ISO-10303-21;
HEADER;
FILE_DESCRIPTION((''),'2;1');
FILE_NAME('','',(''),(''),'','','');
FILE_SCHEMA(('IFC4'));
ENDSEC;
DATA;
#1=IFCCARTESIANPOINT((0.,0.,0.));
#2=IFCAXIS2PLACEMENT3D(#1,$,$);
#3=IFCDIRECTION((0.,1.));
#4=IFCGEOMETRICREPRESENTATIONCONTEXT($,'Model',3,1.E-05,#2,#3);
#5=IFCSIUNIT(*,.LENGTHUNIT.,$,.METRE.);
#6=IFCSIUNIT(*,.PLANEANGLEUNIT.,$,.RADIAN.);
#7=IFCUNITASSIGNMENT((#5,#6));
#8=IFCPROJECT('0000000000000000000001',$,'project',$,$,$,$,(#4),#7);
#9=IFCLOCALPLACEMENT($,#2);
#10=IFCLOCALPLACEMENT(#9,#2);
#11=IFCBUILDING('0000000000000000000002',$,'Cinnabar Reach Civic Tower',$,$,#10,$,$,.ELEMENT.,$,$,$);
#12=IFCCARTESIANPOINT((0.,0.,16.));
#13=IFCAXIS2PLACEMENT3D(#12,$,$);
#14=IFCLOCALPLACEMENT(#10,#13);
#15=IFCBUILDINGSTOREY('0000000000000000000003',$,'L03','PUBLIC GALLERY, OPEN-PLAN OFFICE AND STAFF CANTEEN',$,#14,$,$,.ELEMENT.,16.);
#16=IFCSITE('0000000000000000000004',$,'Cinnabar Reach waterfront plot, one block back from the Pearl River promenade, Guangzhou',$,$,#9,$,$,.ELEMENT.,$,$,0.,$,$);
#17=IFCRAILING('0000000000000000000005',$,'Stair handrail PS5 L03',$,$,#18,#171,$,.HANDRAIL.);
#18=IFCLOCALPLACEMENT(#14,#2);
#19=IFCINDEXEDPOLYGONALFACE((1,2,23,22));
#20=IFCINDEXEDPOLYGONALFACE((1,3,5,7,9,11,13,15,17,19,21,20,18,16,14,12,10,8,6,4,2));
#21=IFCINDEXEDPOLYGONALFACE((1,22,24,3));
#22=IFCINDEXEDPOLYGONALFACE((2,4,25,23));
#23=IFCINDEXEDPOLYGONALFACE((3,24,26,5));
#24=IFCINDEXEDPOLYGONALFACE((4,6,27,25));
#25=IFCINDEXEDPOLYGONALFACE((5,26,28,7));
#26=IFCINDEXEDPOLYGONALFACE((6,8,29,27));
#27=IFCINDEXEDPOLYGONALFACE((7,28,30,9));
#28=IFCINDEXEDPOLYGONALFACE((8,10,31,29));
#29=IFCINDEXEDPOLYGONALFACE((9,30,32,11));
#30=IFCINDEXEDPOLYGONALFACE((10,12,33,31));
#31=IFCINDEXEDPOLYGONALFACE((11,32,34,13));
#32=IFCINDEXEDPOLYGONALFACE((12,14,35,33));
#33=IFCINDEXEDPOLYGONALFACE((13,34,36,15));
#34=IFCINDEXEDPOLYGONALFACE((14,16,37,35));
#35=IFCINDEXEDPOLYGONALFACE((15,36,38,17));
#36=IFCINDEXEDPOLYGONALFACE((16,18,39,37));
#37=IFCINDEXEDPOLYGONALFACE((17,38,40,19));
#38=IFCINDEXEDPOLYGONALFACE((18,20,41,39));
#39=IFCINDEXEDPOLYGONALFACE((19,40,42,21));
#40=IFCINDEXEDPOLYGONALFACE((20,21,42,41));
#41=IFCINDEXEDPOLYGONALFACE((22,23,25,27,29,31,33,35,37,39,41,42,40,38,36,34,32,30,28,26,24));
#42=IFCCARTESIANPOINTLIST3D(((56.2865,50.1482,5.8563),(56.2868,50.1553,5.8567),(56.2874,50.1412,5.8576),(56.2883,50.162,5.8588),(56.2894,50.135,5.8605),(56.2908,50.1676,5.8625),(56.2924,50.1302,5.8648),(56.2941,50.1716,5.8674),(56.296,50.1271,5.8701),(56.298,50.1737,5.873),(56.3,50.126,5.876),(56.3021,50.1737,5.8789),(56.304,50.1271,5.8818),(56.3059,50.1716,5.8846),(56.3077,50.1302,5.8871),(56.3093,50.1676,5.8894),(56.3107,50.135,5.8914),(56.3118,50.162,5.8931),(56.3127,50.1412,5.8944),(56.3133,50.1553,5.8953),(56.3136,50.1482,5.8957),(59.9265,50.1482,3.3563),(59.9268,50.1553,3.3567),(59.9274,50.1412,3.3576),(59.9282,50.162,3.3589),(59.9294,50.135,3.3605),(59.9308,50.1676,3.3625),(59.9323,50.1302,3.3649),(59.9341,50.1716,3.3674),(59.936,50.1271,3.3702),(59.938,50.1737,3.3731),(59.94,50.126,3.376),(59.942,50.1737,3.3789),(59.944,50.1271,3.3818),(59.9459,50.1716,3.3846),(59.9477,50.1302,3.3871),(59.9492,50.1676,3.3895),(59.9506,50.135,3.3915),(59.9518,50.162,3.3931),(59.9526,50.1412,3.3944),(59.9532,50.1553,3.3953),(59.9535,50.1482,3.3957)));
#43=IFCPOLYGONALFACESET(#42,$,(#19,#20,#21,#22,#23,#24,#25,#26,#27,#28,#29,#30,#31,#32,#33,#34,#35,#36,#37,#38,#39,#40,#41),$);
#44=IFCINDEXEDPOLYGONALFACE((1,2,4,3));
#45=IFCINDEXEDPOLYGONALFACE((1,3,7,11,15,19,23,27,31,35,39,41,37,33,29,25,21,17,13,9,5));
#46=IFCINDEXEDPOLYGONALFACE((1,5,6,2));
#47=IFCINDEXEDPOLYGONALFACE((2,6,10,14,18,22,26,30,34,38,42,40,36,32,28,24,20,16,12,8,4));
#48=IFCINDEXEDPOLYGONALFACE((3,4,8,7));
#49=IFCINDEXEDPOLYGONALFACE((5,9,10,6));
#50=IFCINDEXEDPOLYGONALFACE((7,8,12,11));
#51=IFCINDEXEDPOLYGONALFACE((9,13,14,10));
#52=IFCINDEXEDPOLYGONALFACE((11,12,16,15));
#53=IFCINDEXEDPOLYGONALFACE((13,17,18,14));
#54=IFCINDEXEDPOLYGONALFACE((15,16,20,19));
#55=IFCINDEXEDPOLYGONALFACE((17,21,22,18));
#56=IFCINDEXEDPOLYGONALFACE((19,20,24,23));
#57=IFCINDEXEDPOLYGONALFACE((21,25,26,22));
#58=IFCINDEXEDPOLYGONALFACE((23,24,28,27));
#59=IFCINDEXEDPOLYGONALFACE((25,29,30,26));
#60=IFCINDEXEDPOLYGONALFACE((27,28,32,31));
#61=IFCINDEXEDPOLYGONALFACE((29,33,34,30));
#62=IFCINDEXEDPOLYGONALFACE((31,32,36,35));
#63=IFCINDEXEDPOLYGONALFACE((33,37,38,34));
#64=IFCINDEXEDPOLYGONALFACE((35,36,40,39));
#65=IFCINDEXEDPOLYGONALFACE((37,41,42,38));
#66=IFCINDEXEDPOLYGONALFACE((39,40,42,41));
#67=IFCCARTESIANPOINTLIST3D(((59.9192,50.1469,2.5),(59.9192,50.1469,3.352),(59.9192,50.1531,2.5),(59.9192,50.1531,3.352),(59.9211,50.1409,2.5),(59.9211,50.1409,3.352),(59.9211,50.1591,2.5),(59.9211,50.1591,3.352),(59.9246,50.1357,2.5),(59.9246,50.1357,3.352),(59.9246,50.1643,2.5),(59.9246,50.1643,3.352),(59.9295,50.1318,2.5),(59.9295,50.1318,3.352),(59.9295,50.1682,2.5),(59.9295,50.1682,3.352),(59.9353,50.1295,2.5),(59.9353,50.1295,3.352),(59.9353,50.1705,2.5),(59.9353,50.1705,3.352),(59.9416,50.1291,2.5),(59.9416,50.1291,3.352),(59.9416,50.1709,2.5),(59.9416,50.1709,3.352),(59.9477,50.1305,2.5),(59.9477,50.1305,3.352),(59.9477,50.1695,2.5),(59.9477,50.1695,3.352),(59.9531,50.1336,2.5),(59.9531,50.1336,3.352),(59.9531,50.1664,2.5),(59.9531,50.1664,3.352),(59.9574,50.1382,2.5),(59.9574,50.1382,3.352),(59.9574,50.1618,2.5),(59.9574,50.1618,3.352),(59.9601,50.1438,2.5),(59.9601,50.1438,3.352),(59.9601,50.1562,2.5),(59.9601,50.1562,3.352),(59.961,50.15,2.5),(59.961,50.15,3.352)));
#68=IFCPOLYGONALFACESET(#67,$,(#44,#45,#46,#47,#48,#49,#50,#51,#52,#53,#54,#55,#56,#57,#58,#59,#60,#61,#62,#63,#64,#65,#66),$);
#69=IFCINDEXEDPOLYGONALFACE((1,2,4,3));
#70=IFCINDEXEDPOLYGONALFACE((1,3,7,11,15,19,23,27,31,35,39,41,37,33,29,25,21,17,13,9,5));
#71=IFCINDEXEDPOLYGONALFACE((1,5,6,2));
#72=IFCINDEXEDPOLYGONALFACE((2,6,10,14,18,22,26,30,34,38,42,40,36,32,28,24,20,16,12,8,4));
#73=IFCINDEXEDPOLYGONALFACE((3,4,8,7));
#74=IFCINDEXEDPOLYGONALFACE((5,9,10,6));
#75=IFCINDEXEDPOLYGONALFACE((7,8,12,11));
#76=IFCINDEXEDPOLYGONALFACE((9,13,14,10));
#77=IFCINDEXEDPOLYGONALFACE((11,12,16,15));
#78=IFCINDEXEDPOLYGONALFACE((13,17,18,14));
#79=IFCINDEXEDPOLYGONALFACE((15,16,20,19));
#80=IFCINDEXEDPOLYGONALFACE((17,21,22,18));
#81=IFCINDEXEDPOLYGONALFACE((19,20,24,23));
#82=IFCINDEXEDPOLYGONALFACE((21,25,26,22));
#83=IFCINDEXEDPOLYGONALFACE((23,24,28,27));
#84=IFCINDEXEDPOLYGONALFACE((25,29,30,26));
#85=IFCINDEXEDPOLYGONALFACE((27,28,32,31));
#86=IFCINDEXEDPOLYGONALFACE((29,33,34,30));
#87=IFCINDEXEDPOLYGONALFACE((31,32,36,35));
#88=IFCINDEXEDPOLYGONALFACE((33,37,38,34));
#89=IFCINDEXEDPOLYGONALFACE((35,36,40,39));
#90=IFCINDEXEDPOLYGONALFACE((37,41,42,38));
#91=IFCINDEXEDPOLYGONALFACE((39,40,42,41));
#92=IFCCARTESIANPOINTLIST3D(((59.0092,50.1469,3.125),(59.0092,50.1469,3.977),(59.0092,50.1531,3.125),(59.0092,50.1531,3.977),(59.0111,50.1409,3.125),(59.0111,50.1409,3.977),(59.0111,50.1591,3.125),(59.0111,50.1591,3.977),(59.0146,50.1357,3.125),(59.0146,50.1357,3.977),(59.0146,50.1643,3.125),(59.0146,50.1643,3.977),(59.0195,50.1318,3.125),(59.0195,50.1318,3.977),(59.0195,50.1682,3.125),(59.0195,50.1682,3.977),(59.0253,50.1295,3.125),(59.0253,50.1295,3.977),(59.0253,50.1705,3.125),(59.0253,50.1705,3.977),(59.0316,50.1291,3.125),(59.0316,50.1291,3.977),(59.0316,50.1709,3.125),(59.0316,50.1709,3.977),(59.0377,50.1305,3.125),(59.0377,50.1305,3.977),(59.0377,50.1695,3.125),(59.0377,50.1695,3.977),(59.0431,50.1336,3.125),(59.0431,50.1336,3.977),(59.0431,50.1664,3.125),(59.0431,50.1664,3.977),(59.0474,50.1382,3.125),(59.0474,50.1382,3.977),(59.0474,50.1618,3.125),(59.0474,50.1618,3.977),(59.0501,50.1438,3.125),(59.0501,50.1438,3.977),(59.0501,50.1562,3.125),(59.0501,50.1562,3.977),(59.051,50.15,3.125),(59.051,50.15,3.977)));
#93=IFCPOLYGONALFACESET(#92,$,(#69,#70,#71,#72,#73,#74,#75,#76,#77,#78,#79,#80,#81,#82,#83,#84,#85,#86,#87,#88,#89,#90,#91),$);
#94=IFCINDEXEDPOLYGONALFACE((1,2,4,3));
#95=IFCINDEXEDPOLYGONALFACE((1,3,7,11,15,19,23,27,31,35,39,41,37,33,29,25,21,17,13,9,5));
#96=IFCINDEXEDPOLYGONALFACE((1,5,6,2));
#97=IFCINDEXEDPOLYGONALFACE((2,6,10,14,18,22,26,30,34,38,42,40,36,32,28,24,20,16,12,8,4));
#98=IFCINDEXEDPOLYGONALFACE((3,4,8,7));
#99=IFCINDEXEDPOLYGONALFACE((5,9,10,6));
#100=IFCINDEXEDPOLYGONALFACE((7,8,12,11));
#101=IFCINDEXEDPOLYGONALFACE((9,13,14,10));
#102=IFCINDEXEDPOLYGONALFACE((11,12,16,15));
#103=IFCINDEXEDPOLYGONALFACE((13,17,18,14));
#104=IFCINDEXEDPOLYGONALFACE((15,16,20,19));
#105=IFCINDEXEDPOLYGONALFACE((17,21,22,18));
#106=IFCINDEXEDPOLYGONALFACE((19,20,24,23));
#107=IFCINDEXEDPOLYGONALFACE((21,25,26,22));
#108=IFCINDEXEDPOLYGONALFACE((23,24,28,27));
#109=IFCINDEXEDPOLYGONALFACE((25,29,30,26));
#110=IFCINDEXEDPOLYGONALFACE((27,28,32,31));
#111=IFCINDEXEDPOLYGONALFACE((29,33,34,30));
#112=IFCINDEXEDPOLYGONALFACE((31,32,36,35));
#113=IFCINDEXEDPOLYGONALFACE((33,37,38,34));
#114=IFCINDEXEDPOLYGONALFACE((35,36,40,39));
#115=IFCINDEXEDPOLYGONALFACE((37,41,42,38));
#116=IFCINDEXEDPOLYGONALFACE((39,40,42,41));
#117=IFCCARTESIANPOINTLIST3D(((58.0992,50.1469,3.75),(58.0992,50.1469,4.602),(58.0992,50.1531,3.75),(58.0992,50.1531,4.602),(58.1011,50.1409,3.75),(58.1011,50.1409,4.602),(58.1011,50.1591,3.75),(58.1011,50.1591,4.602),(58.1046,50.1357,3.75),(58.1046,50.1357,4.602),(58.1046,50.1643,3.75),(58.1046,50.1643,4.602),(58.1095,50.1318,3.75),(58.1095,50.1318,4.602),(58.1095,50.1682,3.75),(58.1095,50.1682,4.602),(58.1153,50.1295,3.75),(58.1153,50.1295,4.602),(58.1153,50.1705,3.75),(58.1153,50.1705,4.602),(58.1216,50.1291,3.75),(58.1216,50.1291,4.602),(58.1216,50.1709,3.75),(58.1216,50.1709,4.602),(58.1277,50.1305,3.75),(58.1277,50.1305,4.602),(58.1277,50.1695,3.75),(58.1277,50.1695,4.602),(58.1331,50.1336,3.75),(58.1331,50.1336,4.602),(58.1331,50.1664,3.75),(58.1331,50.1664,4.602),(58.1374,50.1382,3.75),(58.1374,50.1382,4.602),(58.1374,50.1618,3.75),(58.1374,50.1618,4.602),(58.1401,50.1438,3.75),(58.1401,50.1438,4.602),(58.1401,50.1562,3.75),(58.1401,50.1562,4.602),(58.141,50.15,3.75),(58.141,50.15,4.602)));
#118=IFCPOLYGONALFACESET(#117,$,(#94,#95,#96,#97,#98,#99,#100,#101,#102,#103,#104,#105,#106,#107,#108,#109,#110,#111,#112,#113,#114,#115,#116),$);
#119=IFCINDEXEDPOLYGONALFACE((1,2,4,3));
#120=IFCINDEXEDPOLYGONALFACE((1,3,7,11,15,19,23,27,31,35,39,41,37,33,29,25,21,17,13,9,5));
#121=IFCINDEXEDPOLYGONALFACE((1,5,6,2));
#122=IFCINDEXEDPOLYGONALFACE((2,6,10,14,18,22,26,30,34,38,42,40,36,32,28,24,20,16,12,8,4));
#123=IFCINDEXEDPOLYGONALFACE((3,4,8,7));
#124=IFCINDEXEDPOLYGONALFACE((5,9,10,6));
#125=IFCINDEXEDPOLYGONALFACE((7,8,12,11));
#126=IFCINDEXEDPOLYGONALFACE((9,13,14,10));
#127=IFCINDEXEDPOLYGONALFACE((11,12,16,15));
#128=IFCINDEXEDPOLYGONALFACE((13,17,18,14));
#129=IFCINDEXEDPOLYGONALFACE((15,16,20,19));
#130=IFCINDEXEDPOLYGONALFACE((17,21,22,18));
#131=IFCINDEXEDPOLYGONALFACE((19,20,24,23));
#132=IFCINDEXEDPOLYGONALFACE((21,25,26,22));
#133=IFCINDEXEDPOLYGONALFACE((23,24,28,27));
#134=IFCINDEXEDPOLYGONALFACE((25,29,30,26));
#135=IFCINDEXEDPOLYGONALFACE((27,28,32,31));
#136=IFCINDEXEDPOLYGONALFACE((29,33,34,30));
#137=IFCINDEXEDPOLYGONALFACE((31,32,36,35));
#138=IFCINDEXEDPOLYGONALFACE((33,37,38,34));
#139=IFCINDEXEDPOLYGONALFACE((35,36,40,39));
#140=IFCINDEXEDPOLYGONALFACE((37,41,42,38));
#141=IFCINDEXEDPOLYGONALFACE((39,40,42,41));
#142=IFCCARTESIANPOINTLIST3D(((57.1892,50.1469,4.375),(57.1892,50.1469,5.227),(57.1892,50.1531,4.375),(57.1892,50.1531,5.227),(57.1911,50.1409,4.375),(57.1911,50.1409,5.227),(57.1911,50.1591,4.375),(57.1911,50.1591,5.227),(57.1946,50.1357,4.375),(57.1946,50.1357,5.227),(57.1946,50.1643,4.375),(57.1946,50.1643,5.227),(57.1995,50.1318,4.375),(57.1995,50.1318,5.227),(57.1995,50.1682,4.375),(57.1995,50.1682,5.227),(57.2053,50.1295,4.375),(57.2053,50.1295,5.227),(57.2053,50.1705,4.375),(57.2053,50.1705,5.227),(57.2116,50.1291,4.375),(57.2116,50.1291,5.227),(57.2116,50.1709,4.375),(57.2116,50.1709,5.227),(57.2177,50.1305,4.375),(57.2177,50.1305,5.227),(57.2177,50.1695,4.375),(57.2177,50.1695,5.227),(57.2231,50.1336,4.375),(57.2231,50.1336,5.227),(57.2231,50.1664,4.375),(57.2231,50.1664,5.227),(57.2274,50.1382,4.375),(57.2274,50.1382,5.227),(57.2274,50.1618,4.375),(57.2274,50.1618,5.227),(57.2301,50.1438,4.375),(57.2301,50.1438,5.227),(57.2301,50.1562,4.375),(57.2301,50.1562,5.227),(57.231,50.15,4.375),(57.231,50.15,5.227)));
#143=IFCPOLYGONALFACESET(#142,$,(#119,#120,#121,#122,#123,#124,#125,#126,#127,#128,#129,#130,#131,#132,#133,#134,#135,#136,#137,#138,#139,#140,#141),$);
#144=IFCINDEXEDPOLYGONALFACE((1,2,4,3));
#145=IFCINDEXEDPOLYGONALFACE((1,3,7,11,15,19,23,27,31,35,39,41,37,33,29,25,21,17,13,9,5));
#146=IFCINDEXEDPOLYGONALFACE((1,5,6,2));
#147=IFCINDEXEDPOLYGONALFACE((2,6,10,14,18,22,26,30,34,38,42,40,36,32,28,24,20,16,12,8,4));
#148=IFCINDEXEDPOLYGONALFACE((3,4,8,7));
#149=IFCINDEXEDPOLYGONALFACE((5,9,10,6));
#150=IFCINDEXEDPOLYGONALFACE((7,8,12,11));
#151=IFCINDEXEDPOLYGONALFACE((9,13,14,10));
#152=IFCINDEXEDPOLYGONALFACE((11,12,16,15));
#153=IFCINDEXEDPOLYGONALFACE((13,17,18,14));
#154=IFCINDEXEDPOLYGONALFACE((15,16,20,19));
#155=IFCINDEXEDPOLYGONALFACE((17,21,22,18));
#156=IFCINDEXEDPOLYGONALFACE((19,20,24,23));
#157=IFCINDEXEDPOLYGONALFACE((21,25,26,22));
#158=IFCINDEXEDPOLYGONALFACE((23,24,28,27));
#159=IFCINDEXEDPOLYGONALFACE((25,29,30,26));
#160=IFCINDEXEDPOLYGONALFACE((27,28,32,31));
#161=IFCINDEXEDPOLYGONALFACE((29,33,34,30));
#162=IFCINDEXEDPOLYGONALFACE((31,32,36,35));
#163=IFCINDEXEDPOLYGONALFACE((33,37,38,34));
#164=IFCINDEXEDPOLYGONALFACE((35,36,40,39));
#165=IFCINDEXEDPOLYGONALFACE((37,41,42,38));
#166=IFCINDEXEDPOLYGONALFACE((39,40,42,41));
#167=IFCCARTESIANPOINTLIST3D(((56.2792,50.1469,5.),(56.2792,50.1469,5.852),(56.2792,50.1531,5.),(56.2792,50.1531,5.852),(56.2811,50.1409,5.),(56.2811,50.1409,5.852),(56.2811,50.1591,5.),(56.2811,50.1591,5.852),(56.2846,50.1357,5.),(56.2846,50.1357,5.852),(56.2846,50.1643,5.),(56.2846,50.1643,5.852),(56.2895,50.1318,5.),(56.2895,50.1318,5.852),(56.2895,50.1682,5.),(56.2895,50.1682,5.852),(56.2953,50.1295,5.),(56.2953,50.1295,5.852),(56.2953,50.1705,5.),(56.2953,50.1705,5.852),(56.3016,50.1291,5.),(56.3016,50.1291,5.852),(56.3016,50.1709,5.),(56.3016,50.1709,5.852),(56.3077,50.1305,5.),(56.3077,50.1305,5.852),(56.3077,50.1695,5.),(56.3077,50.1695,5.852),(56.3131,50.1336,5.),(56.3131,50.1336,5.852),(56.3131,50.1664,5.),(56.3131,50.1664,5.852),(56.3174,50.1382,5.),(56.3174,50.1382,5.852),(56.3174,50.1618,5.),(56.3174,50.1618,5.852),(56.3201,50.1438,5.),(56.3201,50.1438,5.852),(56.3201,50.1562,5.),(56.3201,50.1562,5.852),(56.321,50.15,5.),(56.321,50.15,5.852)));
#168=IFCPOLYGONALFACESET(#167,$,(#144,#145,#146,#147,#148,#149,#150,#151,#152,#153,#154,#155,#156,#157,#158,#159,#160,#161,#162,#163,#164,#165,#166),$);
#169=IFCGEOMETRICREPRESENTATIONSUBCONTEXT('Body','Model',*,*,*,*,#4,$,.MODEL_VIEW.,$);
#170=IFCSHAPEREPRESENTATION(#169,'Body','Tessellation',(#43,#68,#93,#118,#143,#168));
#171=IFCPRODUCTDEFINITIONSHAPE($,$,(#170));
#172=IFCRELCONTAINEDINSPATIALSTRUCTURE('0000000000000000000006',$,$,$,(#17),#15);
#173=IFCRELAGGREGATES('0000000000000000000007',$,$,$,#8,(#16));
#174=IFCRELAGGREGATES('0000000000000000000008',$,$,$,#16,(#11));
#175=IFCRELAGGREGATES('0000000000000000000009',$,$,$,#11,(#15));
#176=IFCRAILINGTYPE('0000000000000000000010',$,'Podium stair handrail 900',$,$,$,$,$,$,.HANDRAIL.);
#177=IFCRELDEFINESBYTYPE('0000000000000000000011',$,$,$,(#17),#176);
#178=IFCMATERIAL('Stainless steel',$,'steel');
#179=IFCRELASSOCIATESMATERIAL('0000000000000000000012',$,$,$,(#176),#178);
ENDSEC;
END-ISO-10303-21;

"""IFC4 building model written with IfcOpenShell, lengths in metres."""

from ifc_helpers import new_model, si_unit, direction, frame, origin, origin_2d, place, context, subcontext, project, spatial, circle, extrude, material, type_object, element, save


model = new_model("IFC4")

# Units and contexts
model_context = context("Model", 3, precision=1e-05, world=origin(), true_north=direction((0.0, 1.0)))
body_context = subcontext(model_context, "Body", "Model", "MODEL_VIEW")
ifc_project = project(units=[si_unit("LENGTHUNIT", "METRE"), si_unit("PLANEANGLEUNIT", "RADIAN")], contexts=[model_context])

# Site, building, storey
site_placement = place(None, origin())
site = spatial("IfcSite", under=ifc_project, at=site_placement, Name="Cinnabar Reach waterfront plot, one block back from the Pearl River promenade, Guangzhou", CompositionType="ELEMENT", RefElevation=0.0)
building_placement = place(site_placement, origin())
building = spatial("IfcBuilding", under=site, at=building_placement, Name="Cinnabar Reach Civic Tower", CompositionType="ELEMENT")
storey_placement = place(building_placement, frame((0.0, 0.0, 16.0)))
storey = spatial("IfcBuildingStorey", under=building, at=storey_placement, Name="L03", Description="PUBLIC GALLERY, OPEN-PLAN OFFICE AND STAFF CANTEEN", CompositionType="ELEMENT", Elevation=16.0)

# Railing
ifc_material_1 = material(Name="Stainless steel", Category="steel")
railing_type_1 = type_object("IfcRailingType", Name="Podium stair handrail 900", PredefinedType="HANDRAIL", material=ifc_material_1)
railing_1_placement = place(storey_placement, frame((59.94, 50.15, 2.5)))
element("IfcRailing", 1, at=railing_1_placement, inside=storey, type_object=railing_type_1, Name="Stair handrail PS5 L03", PredefinedType="HANDRAIL", context=body_context, shape_type="SweptSolid", body=[
    extrude(circle(Radius=0.024, at=origin_2d()), frame((0.0, 0.0, 0.876), z_axis=(-0.824306, 0.0, 0.566144), x_axis=(0.0, -1.0, 0.0)), (0.0, 0.0, 1.0), 4.4158),
    extrude(circle(Radius=0.021, at=origin_2d()), origin(), (0.0, 0.0, 1.0), 0.852),
    extrude(circle(Radius=0.021, at=origin_2d()), frame((-0.91, 0.0, 0.625)), (0.0, 0.0, 1.0), 0.852),
    extrude(circle(Radius=0.021, at=origin_2d()), frame((-1.82, 0.0, 1.25)), (0.0, 0.0, 1.0), 0.852),
    extrude(circle(Radius=0.021, at=origin_2d()), frame((-2.73, 0.0, 1.875)), (0.0, 0.0, 1.0), 0.852),
    extrude(circle(Radius=0.021, at=origin_2d()), frame((-3.64, 0.0, 2.5)), (0.0, 0.0, 1.0), 0.852),
])

save(model, "model.ifc")
